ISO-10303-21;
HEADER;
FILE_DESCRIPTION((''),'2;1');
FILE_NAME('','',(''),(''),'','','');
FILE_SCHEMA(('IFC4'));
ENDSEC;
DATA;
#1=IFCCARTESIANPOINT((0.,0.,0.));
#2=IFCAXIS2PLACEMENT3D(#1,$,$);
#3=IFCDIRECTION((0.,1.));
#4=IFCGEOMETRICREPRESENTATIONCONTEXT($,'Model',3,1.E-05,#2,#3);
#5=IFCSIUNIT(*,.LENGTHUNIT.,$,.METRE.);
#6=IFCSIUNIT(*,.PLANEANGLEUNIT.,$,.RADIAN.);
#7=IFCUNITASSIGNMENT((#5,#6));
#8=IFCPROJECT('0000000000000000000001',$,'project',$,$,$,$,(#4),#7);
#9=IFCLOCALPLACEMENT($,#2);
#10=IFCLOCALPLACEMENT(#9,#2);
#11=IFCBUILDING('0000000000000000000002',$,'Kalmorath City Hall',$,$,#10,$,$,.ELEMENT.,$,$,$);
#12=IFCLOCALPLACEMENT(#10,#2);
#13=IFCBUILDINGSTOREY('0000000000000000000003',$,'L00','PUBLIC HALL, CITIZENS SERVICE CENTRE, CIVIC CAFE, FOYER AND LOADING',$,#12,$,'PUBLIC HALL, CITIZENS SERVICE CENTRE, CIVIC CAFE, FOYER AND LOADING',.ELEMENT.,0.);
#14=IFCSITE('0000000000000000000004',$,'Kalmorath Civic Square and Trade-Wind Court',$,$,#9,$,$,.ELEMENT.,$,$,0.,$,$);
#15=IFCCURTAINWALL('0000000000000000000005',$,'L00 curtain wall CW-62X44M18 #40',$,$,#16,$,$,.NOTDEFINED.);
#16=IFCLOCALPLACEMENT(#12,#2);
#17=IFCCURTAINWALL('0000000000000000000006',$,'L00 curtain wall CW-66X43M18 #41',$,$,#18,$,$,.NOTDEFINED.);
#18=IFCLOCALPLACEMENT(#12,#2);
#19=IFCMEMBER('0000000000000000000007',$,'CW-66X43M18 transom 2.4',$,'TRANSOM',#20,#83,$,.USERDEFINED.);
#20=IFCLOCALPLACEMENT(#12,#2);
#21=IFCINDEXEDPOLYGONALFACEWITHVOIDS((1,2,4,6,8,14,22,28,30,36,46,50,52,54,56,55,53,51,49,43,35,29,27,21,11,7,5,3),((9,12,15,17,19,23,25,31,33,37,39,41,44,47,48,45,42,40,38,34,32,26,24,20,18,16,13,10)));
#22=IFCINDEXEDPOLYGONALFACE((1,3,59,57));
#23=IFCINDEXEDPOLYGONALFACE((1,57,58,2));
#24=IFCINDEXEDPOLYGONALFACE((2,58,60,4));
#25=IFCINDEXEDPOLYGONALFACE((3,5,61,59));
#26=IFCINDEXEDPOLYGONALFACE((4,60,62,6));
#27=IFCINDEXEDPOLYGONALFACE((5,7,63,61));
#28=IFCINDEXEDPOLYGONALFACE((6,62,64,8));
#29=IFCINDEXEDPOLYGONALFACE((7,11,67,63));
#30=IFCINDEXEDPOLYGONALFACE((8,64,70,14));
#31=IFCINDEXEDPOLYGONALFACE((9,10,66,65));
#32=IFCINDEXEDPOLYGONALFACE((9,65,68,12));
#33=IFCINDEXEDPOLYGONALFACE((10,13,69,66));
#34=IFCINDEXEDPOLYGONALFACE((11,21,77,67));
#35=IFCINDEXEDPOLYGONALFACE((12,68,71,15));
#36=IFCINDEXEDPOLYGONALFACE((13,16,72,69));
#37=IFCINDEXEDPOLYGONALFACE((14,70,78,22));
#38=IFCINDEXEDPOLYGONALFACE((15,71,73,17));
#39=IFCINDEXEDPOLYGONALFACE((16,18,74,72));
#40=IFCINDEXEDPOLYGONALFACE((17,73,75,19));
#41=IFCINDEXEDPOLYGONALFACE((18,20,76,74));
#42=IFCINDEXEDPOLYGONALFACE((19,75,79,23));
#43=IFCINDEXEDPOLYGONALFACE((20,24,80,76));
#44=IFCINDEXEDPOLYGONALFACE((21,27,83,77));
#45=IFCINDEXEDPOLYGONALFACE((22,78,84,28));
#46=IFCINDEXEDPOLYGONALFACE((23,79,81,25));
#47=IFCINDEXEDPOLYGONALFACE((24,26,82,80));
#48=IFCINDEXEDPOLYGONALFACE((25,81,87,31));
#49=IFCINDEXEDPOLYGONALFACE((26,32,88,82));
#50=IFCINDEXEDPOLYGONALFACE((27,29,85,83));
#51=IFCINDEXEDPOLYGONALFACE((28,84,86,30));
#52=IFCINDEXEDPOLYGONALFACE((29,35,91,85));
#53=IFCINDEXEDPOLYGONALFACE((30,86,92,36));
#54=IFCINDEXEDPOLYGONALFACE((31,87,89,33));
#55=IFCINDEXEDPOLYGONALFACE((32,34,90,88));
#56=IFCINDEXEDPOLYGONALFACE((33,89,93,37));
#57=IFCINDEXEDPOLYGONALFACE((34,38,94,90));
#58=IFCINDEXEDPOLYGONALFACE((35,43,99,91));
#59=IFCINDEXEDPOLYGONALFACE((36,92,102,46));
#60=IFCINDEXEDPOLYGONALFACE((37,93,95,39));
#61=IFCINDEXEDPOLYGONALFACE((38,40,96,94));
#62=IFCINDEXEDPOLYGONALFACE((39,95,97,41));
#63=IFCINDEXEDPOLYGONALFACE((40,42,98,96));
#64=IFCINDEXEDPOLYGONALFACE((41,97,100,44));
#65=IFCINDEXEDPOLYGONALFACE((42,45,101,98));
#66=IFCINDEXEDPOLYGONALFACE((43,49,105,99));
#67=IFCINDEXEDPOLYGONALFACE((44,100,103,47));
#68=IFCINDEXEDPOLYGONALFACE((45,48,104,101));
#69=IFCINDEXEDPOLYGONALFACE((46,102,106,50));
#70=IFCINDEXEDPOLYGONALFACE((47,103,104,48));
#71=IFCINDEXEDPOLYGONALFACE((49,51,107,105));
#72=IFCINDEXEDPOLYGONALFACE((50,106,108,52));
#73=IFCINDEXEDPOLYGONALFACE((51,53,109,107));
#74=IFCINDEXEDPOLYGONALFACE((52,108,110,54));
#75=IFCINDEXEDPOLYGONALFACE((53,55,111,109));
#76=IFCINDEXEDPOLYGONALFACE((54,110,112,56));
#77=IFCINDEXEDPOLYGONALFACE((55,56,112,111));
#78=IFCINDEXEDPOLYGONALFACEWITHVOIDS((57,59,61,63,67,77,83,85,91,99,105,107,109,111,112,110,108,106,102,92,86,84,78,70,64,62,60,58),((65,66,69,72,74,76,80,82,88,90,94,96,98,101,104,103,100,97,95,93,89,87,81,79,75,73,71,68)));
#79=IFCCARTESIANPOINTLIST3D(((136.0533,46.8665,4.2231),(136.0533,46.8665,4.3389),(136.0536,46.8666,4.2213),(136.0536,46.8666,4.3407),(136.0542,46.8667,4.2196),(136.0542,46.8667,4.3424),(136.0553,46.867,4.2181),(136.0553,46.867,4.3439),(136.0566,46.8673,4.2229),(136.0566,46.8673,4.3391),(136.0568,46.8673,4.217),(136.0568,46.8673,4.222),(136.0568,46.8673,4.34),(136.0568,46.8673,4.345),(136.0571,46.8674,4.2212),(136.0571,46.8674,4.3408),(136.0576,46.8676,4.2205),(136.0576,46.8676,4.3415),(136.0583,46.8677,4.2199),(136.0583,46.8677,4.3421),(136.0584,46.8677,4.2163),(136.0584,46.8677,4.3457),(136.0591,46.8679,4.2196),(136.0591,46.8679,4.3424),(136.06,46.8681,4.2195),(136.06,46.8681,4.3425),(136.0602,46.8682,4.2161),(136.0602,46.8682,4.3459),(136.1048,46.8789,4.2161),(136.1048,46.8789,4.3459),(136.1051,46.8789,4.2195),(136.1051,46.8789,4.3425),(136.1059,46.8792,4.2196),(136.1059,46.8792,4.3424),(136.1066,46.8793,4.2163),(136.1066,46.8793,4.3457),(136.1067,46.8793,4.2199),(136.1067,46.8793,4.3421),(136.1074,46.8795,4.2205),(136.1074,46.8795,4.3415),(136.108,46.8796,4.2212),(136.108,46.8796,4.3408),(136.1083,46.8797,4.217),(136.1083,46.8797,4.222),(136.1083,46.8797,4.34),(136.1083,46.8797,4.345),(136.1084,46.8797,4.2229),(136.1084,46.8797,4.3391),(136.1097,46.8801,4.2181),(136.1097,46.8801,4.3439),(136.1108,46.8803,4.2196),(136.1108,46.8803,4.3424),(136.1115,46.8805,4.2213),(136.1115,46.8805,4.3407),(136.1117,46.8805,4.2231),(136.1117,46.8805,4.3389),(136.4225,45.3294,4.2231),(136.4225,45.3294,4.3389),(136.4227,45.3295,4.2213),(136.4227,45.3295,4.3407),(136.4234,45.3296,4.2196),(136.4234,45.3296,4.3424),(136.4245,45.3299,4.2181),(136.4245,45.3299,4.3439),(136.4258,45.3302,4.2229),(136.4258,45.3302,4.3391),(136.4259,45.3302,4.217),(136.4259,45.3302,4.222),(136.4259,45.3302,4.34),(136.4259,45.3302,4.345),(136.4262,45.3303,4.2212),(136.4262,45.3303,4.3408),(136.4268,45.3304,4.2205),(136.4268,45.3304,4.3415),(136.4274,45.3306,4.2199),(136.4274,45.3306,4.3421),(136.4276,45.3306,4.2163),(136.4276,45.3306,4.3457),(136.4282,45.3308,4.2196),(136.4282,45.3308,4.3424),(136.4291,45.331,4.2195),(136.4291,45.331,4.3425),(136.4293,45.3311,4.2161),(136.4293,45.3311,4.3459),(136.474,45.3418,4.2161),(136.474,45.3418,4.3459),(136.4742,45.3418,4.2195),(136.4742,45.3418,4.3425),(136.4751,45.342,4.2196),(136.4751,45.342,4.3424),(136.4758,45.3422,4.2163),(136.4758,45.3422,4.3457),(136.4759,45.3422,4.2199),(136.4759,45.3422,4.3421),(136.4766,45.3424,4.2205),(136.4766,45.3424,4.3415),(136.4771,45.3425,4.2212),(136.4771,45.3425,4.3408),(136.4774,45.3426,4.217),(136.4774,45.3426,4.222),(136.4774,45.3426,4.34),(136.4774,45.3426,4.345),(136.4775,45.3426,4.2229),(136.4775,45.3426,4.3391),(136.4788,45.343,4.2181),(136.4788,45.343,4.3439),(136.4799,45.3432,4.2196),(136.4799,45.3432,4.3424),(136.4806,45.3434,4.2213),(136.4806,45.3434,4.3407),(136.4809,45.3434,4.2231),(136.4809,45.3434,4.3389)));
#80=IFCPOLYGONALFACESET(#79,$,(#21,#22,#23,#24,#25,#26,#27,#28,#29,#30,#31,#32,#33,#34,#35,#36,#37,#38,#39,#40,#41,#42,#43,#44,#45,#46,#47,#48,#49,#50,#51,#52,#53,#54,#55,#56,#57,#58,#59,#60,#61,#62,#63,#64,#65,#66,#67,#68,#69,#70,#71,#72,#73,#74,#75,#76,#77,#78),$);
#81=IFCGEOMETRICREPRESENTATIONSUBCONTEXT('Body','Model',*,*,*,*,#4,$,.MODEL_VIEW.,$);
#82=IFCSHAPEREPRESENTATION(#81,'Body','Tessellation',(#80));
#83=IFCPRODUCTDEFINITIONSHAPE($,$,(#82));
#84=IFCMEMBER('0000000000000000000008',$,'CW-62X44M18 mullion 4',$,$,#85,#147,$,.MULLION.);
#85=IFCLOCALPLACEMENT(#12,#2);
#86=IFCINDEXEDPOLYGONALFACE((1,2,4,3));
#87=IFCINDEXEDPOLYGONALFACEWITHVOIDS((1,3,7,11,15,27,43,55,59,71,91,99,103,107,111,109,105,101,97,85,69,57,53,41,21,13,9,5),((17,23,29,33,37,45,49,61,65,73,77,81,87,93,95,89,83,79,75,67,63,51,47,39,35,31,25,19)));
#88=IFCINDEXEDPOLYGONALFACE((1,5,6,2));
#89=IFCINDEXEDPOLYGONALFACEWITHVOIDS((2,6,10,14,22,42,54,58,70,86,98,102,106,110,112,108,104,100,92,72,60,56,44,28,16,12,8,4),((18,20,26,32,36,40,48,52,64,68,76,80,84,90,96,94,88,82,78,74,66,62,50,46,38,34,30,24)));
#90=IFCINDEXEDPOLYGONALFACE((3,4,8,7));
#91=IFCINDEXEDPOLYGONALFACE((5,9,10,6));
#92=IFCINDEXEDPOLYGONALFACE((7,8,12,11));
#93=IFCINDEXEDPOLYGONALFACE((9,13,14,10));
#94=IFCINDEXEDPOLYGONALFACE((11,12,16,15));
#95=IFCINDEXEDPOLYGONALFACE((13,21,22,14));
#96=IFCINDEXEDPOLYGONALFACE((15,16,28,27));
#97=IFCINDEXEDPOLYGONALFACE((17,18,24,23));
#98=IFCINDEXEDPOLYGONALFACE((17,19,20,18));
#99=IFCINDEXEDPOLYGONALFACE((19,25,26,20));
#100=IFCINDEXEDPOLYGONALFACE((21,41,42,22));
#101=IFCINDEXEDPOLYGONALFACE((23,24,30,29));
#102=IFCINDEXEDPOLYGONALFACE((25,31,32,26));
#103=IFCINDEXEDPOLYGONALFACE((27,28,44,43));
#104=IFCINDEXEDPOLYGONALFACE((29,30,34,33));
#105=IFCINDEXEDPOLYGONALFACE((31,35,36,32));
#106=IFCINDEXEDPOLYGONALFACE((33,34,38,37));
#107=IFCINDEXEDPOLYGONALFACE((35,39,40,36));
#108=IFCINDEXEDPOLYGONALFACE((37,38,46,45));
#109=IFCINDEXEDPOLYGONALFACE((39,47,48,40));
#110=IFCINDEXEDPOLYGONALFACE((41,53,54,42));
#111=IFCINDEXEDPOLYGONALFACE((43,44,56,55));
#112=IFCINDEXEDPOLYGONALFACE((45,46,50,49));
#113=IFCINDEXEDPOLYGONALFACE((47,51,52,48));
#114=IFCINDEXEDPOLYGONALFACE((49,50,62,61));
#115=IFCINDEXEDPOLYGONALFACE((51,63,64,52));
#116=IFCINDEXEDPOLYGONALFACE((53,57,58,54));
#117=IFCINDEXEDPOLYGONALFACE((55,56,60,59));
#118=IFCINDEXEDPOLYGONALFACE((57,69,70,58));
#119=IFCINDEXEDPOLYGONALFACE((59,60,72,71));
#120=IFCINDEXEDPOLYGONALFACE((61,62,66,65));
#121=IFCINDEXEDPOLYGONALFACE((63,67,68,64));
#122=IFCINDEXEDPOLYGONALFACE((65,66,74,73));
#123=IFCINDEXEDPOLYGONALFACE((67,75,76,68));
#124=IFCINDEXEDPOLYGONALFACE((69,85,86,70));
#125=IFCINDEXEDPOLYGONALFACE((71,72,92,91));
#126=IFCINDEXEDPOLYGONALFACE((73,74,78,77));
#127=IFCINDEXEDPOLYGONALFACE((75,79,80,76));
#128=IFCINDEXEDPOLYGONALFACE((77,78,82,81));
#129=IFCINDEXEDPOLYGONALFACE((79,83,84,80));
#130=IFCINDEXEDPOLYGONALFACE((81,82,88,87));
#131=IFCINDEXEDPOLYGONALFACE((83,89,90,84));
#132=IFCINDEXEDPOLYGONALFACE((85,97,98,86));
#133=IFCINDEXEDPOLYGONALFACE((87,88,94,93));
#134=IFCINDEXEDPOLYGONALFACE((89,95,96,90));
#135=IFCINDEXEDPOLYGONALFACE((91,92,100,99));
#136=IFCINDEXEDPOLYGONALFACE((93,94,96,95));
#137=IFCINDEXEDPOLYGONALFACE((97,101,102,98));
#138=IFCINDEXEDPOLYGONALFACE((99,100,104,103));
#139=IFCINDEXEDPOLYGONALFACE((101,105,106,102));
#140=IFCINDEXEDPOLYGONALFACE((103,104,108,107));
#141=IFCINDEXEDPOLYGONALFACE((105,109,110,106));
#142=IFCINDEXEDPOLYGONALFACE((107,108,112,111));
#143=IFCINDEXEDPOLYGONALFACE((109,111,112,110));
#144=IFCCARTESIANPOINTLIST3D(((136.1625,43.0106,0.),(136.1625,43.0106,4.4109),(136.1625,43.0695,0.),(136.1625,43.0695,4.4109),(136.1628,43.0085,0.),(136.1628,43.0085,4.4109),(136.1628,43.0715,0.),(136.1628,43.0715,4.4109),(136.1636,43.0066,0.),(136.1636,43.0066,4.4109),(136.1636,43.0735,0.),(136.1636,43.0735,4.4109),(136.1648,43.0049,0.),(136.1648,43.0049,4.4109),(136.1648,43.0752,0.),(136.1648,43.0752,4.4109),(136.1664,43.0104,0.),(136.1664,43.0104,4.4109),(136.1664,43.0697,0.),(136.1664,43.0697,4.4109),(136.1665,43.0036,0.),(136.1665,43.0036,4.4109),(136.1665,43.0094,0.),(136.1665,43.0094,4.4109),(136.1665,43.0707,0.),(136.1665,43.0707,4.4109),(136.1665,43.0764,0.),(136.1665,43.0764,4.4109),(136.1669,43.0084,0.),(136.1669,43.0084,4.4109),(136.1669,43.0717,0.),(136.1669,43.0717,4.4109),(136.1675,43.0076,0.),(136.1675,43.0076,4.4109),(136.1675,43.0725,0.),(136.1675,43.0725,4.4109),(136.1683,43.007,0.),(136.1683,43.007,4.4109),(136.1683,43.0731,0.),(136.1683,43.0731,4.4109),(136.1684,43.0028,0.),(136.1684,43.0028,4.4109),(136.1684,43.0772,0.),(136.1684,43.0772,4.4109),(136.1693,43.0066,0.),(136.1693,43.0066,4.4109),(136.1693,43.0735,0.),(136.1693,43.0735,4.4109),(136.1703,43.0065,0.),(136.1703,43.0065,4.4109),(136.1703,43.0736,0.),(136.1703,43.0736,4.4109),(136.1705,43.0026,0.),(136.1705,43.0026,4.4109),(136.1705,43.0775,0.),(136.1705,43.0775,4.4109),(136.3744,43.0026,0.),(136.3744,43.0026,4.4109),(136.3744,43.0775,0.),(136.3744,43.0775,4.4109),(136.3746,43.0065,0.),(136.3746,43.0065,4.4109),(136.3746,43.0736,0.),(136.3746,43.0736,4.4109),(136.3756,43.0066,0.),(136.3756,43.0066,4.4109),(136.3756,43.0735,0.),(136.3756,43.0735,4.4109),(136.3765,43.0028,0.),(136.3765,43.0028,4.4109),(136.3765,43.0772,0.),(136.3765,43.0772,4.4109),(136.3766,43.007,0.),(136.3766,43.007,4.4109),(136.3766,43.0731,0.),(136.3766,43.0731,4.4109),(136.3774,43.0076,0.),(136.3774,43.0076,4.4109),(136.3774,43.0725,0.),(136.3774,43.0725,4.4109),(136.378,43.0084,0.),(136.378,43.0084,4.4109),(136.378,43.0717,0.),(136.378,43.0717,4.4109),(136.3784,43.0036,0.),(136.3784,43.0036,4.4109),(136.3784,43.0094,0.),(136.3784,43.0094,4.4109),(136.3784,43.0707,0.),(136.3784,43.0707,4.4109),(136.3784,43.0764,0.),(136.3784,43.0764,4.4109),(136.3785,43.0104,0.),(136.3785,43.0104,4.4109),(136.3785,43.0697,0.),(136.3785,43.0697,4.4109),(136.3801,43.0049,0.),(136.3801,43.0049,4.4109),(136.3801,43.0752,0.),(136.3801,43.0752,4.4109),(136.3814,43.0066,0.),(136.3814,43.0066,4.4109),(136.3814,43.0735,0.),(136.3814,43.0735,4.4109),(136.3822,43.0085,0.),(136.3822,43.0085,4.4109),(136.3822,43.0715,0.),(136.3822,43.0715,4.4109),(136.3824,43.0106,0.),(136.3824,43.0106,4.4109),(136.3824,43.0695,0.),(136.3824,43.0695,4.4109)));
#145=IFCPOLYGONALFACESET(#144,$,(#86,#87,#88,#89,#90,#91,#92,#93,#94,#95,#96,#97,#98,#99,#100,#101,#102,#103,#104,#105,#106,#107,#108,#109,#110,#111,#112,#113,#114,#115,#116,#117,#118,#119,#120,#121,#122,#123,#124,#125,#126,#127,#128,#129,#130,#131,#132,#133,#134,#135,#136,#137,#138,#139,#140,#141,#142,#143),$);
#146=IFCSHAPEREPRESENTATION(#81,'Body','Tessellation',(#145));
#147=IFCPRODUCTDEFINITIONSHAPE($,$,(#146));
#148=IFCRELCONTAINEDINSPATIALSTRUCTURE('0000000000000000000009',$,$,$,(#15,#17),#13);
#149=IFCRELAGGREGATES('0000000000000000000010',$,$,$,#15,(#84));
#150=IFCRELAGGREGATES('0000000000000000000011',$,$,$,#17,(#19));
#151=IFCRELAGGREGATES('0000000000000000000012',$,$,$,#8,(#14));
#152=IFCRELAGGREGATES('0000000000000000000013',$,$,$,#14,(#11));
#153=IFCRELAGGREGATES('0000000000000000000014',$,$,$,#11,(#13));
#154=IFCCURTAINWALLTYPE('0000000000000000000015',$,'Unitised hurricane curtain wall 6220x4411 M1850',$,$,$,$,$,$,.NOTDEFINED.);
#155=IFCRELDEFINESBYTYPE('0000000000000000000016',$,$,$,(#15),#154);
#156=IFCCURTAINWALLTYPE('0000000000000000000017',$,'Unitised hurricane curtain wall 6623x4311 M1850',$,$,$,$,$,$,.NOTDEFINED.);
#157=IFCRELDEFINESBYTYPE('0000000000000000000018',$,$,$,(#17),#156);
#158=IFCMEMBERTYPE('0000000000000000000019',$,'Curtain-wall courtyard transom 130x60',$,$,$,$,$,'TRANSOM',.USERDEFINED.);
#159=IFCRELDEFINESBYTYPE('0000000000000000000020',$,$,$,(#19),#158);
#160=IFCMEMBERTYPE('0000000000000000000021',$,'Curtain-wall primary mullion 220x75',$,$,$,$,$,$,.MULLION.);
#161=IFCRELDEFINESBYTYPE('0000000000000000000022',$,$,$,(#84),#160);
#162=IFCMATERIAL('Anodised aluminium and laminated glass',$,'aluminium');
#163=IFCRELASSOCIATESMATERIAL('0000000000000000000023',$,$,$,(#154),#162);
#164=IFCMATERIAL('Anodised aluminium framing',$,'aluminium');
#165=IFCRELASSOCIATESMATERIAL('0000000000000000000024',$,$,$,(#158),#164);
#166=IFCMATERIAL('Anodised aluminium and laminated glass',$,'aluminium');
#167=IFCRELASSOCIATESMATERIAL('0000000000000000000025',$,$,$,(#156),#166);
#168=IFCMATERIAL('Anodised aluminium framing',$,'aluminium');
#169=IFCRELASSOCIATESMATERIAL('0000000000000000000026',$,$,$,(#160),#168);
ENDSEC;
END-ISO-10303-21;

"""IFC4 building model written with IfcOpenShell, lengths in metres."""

from ifc_helpers import new_model, si_unit, direction, frame, origin, origin_2d, place, context, subcontext, project, spatial, hollow_rectangle, extrude, material, material_profile, profile_set, type_object, element, aggregate, save


model = new_model("IFC4")

# Units and contexts
model_context = context("Model", 3, precision=1e-05, world=origin(), true_north=direction((0.0, 1.0)))
body_context = subcontext(model_context, "Body", "Model", "MODEL_VIEW")
ifc_project = project(units=[si_unit("LENGTHUNIT", "METRE"), si_unit("PLANEANGLEUNIT", "RADIAN")], contexts=[model_context])

# Site, building, storey
site_placement = place(None, origin())
site = spatial("IfcSite", under=ifc_project, at=site_placement, Name="Kalmorath Civic Square and Trade-Wind Court", CompositionType="ELEMENT", RefElevation=0.0)
building_placement = place(site_placement, origin())
building = spatial("IfcBuilding", under=site, at=building_placement, Name="Kalmorath City Hall", CompositionType="ELEMENT")
storey_placement = place(building_placement, origin())
storey = spatial("IfcBuildingStorey", under=building, at=storey_placement, Name="L00", Description="PUBLIC HALL, CITIZENS SERVICE CENTRE, CIVIC CAFE, FOYER AND LOADING", LongName="PUBLIC HALL, CITIZENS SERVICE CENTRE, CIVIC CAFE, FOYER AND LOADING", CompositionType="ELEMENT", Elevation=0.0)

# Curtain walls, member
ifc_material_1 = material(Name="Anodised aluminium and laminated glass", Category="aluminium")
curtain_wall_type_1 = type_object("IfcCurtainWallType", Name="Unitised hurricane curtain wall 6220x4411 M1850", PredefinedType="NOTDEFINED", material=ifc_material_1)
curtain_wall_1_placement = place(storey_placement, origin())
curtain_wall_1 = element("IfcCurtainWall", 1, at=curtain_wall_1_placement, inside=storey, type_object=curtain_wall_type_1, Name="L00 curtain wall CW-62X44M18 #40", PredefinedType="NOTDEFINED")
ifc_material_2 = material(Name="Anodised aluminium framing", Category="aluminium")
ifc_material_profile_1 = material_profile(ifc_material_2, hollow_rectangle(XDim=0.0601, YDim=0.1299, WallThickness=0.0034, InnerFilletRadius=0.0034, OuterFilletRadius=0.0071, at=origin_2d()), Name="ALU-TRN-130X60X3.5")
ifc_profile_set_1 = profile_set([ifc_material_profile_1], Name="Anodised aluminium framing")
member_type_1 = type_object("IfcMemberType", Name="Curtain-wall courtyard transom 130x60", ElementType="TRANSOM", PredefinedType="USERDEFINED", material=ifc_profile_set_1)
ifc_material_3 = material(Name="Anodised aluminium and laminated glass", Category="aluminium")
curtain_wall_type_2 = type_object("IfcCurtainWallType", Name="Unitised hurricane curtain wall 6623x4311 M1850", PredefinedType="NOTDEFINED", material=ifc_material_3)
curtain_wall_2_placement = place(storey_placement, origin())
curtain_wall_2 = element("IfcCurtainWall", 2, at=curtain_wall_2_placement, inside=storey, type_object=curtain_wall_type_2, Name="L00 curtain wall CW-66X43M18 #41", PredefinedType="NOTDEFINED")
member_1_placement = place(storey_placement, frame((136.4517, 45.3364, 4.281), z_axis=(-0.233513, 0.972354, 0.0), x_axis=(-0.972354, -0.233513, 0.0)))
member_1 = element("IfcMember", 3, at=member_1_placement, type_object=member_type_1, Name="CW-66X43M18 transom 2.4", ObjectType="TRANSOM", PredefinedType="USERDEFINED", context=body_context, shape_type="SweptSolid", body=[
    extrude(hollow_rectangle(XDim=0.0601, YDim=0.1299, WallThickness=0.0034, InnerFilletRadius=0.0034, OuterFilletRadius=0.0071, at=origin_2d()), origin(), (0.0, 0.0, 1.0), 1.5808),
])

# Member
ifc_material_4 = material(Name="Anodised aluminium framing", Category="aluminium")
ifc_material_profile_2 = material_profile(ifc_material_4, hollow_rectangle(XDim=0.075, YDim=0.22, WallThickness=0.0039, InnerFilletRadius=0.0039, OuterFilletRadius=0.0081, at=origin_2d()), Name="ALU-MUL-220X75X4")
ifc_profile_set_2 = profile_set([ifc_material_profile_2], Name="Anodised aluminium framing")
member_type_2 = type_object("IfcMemberType", Name="Curtain-wall primary mullion 220x75", PredefinedType="MULLION", material=ifc_profile_set_2)
member_2_placement = place(storey_placement, frame((136.2725, 43.04, 0.0), z_axis=(0.0, 0.0, 1.0), x_axis=(0.0, 1.0, 0.0)))
member_2 = element("IfcMember", 4, at=member_2_placement, type_object=member_type_2, Name="CW-62X44M18 mullion 4", PredefinedType="MULLION", context=body_context, shape_type="SweptSolid", body=[
    extrude(hollow_rectangle(XDim=0.075, YDim=0.22, WallThickness=0.0039, InnerFilletRadius=0.0039, OuterFilletRadius=0.0081, at=origin_2d()), origin(), (0.0, 0.0, 1.0), 4.4109),
])

aggregate(curtain_wall_1, [member_2])
aggregate(curtain_wall_2, [member_1])

save(model, "model.ifc")
